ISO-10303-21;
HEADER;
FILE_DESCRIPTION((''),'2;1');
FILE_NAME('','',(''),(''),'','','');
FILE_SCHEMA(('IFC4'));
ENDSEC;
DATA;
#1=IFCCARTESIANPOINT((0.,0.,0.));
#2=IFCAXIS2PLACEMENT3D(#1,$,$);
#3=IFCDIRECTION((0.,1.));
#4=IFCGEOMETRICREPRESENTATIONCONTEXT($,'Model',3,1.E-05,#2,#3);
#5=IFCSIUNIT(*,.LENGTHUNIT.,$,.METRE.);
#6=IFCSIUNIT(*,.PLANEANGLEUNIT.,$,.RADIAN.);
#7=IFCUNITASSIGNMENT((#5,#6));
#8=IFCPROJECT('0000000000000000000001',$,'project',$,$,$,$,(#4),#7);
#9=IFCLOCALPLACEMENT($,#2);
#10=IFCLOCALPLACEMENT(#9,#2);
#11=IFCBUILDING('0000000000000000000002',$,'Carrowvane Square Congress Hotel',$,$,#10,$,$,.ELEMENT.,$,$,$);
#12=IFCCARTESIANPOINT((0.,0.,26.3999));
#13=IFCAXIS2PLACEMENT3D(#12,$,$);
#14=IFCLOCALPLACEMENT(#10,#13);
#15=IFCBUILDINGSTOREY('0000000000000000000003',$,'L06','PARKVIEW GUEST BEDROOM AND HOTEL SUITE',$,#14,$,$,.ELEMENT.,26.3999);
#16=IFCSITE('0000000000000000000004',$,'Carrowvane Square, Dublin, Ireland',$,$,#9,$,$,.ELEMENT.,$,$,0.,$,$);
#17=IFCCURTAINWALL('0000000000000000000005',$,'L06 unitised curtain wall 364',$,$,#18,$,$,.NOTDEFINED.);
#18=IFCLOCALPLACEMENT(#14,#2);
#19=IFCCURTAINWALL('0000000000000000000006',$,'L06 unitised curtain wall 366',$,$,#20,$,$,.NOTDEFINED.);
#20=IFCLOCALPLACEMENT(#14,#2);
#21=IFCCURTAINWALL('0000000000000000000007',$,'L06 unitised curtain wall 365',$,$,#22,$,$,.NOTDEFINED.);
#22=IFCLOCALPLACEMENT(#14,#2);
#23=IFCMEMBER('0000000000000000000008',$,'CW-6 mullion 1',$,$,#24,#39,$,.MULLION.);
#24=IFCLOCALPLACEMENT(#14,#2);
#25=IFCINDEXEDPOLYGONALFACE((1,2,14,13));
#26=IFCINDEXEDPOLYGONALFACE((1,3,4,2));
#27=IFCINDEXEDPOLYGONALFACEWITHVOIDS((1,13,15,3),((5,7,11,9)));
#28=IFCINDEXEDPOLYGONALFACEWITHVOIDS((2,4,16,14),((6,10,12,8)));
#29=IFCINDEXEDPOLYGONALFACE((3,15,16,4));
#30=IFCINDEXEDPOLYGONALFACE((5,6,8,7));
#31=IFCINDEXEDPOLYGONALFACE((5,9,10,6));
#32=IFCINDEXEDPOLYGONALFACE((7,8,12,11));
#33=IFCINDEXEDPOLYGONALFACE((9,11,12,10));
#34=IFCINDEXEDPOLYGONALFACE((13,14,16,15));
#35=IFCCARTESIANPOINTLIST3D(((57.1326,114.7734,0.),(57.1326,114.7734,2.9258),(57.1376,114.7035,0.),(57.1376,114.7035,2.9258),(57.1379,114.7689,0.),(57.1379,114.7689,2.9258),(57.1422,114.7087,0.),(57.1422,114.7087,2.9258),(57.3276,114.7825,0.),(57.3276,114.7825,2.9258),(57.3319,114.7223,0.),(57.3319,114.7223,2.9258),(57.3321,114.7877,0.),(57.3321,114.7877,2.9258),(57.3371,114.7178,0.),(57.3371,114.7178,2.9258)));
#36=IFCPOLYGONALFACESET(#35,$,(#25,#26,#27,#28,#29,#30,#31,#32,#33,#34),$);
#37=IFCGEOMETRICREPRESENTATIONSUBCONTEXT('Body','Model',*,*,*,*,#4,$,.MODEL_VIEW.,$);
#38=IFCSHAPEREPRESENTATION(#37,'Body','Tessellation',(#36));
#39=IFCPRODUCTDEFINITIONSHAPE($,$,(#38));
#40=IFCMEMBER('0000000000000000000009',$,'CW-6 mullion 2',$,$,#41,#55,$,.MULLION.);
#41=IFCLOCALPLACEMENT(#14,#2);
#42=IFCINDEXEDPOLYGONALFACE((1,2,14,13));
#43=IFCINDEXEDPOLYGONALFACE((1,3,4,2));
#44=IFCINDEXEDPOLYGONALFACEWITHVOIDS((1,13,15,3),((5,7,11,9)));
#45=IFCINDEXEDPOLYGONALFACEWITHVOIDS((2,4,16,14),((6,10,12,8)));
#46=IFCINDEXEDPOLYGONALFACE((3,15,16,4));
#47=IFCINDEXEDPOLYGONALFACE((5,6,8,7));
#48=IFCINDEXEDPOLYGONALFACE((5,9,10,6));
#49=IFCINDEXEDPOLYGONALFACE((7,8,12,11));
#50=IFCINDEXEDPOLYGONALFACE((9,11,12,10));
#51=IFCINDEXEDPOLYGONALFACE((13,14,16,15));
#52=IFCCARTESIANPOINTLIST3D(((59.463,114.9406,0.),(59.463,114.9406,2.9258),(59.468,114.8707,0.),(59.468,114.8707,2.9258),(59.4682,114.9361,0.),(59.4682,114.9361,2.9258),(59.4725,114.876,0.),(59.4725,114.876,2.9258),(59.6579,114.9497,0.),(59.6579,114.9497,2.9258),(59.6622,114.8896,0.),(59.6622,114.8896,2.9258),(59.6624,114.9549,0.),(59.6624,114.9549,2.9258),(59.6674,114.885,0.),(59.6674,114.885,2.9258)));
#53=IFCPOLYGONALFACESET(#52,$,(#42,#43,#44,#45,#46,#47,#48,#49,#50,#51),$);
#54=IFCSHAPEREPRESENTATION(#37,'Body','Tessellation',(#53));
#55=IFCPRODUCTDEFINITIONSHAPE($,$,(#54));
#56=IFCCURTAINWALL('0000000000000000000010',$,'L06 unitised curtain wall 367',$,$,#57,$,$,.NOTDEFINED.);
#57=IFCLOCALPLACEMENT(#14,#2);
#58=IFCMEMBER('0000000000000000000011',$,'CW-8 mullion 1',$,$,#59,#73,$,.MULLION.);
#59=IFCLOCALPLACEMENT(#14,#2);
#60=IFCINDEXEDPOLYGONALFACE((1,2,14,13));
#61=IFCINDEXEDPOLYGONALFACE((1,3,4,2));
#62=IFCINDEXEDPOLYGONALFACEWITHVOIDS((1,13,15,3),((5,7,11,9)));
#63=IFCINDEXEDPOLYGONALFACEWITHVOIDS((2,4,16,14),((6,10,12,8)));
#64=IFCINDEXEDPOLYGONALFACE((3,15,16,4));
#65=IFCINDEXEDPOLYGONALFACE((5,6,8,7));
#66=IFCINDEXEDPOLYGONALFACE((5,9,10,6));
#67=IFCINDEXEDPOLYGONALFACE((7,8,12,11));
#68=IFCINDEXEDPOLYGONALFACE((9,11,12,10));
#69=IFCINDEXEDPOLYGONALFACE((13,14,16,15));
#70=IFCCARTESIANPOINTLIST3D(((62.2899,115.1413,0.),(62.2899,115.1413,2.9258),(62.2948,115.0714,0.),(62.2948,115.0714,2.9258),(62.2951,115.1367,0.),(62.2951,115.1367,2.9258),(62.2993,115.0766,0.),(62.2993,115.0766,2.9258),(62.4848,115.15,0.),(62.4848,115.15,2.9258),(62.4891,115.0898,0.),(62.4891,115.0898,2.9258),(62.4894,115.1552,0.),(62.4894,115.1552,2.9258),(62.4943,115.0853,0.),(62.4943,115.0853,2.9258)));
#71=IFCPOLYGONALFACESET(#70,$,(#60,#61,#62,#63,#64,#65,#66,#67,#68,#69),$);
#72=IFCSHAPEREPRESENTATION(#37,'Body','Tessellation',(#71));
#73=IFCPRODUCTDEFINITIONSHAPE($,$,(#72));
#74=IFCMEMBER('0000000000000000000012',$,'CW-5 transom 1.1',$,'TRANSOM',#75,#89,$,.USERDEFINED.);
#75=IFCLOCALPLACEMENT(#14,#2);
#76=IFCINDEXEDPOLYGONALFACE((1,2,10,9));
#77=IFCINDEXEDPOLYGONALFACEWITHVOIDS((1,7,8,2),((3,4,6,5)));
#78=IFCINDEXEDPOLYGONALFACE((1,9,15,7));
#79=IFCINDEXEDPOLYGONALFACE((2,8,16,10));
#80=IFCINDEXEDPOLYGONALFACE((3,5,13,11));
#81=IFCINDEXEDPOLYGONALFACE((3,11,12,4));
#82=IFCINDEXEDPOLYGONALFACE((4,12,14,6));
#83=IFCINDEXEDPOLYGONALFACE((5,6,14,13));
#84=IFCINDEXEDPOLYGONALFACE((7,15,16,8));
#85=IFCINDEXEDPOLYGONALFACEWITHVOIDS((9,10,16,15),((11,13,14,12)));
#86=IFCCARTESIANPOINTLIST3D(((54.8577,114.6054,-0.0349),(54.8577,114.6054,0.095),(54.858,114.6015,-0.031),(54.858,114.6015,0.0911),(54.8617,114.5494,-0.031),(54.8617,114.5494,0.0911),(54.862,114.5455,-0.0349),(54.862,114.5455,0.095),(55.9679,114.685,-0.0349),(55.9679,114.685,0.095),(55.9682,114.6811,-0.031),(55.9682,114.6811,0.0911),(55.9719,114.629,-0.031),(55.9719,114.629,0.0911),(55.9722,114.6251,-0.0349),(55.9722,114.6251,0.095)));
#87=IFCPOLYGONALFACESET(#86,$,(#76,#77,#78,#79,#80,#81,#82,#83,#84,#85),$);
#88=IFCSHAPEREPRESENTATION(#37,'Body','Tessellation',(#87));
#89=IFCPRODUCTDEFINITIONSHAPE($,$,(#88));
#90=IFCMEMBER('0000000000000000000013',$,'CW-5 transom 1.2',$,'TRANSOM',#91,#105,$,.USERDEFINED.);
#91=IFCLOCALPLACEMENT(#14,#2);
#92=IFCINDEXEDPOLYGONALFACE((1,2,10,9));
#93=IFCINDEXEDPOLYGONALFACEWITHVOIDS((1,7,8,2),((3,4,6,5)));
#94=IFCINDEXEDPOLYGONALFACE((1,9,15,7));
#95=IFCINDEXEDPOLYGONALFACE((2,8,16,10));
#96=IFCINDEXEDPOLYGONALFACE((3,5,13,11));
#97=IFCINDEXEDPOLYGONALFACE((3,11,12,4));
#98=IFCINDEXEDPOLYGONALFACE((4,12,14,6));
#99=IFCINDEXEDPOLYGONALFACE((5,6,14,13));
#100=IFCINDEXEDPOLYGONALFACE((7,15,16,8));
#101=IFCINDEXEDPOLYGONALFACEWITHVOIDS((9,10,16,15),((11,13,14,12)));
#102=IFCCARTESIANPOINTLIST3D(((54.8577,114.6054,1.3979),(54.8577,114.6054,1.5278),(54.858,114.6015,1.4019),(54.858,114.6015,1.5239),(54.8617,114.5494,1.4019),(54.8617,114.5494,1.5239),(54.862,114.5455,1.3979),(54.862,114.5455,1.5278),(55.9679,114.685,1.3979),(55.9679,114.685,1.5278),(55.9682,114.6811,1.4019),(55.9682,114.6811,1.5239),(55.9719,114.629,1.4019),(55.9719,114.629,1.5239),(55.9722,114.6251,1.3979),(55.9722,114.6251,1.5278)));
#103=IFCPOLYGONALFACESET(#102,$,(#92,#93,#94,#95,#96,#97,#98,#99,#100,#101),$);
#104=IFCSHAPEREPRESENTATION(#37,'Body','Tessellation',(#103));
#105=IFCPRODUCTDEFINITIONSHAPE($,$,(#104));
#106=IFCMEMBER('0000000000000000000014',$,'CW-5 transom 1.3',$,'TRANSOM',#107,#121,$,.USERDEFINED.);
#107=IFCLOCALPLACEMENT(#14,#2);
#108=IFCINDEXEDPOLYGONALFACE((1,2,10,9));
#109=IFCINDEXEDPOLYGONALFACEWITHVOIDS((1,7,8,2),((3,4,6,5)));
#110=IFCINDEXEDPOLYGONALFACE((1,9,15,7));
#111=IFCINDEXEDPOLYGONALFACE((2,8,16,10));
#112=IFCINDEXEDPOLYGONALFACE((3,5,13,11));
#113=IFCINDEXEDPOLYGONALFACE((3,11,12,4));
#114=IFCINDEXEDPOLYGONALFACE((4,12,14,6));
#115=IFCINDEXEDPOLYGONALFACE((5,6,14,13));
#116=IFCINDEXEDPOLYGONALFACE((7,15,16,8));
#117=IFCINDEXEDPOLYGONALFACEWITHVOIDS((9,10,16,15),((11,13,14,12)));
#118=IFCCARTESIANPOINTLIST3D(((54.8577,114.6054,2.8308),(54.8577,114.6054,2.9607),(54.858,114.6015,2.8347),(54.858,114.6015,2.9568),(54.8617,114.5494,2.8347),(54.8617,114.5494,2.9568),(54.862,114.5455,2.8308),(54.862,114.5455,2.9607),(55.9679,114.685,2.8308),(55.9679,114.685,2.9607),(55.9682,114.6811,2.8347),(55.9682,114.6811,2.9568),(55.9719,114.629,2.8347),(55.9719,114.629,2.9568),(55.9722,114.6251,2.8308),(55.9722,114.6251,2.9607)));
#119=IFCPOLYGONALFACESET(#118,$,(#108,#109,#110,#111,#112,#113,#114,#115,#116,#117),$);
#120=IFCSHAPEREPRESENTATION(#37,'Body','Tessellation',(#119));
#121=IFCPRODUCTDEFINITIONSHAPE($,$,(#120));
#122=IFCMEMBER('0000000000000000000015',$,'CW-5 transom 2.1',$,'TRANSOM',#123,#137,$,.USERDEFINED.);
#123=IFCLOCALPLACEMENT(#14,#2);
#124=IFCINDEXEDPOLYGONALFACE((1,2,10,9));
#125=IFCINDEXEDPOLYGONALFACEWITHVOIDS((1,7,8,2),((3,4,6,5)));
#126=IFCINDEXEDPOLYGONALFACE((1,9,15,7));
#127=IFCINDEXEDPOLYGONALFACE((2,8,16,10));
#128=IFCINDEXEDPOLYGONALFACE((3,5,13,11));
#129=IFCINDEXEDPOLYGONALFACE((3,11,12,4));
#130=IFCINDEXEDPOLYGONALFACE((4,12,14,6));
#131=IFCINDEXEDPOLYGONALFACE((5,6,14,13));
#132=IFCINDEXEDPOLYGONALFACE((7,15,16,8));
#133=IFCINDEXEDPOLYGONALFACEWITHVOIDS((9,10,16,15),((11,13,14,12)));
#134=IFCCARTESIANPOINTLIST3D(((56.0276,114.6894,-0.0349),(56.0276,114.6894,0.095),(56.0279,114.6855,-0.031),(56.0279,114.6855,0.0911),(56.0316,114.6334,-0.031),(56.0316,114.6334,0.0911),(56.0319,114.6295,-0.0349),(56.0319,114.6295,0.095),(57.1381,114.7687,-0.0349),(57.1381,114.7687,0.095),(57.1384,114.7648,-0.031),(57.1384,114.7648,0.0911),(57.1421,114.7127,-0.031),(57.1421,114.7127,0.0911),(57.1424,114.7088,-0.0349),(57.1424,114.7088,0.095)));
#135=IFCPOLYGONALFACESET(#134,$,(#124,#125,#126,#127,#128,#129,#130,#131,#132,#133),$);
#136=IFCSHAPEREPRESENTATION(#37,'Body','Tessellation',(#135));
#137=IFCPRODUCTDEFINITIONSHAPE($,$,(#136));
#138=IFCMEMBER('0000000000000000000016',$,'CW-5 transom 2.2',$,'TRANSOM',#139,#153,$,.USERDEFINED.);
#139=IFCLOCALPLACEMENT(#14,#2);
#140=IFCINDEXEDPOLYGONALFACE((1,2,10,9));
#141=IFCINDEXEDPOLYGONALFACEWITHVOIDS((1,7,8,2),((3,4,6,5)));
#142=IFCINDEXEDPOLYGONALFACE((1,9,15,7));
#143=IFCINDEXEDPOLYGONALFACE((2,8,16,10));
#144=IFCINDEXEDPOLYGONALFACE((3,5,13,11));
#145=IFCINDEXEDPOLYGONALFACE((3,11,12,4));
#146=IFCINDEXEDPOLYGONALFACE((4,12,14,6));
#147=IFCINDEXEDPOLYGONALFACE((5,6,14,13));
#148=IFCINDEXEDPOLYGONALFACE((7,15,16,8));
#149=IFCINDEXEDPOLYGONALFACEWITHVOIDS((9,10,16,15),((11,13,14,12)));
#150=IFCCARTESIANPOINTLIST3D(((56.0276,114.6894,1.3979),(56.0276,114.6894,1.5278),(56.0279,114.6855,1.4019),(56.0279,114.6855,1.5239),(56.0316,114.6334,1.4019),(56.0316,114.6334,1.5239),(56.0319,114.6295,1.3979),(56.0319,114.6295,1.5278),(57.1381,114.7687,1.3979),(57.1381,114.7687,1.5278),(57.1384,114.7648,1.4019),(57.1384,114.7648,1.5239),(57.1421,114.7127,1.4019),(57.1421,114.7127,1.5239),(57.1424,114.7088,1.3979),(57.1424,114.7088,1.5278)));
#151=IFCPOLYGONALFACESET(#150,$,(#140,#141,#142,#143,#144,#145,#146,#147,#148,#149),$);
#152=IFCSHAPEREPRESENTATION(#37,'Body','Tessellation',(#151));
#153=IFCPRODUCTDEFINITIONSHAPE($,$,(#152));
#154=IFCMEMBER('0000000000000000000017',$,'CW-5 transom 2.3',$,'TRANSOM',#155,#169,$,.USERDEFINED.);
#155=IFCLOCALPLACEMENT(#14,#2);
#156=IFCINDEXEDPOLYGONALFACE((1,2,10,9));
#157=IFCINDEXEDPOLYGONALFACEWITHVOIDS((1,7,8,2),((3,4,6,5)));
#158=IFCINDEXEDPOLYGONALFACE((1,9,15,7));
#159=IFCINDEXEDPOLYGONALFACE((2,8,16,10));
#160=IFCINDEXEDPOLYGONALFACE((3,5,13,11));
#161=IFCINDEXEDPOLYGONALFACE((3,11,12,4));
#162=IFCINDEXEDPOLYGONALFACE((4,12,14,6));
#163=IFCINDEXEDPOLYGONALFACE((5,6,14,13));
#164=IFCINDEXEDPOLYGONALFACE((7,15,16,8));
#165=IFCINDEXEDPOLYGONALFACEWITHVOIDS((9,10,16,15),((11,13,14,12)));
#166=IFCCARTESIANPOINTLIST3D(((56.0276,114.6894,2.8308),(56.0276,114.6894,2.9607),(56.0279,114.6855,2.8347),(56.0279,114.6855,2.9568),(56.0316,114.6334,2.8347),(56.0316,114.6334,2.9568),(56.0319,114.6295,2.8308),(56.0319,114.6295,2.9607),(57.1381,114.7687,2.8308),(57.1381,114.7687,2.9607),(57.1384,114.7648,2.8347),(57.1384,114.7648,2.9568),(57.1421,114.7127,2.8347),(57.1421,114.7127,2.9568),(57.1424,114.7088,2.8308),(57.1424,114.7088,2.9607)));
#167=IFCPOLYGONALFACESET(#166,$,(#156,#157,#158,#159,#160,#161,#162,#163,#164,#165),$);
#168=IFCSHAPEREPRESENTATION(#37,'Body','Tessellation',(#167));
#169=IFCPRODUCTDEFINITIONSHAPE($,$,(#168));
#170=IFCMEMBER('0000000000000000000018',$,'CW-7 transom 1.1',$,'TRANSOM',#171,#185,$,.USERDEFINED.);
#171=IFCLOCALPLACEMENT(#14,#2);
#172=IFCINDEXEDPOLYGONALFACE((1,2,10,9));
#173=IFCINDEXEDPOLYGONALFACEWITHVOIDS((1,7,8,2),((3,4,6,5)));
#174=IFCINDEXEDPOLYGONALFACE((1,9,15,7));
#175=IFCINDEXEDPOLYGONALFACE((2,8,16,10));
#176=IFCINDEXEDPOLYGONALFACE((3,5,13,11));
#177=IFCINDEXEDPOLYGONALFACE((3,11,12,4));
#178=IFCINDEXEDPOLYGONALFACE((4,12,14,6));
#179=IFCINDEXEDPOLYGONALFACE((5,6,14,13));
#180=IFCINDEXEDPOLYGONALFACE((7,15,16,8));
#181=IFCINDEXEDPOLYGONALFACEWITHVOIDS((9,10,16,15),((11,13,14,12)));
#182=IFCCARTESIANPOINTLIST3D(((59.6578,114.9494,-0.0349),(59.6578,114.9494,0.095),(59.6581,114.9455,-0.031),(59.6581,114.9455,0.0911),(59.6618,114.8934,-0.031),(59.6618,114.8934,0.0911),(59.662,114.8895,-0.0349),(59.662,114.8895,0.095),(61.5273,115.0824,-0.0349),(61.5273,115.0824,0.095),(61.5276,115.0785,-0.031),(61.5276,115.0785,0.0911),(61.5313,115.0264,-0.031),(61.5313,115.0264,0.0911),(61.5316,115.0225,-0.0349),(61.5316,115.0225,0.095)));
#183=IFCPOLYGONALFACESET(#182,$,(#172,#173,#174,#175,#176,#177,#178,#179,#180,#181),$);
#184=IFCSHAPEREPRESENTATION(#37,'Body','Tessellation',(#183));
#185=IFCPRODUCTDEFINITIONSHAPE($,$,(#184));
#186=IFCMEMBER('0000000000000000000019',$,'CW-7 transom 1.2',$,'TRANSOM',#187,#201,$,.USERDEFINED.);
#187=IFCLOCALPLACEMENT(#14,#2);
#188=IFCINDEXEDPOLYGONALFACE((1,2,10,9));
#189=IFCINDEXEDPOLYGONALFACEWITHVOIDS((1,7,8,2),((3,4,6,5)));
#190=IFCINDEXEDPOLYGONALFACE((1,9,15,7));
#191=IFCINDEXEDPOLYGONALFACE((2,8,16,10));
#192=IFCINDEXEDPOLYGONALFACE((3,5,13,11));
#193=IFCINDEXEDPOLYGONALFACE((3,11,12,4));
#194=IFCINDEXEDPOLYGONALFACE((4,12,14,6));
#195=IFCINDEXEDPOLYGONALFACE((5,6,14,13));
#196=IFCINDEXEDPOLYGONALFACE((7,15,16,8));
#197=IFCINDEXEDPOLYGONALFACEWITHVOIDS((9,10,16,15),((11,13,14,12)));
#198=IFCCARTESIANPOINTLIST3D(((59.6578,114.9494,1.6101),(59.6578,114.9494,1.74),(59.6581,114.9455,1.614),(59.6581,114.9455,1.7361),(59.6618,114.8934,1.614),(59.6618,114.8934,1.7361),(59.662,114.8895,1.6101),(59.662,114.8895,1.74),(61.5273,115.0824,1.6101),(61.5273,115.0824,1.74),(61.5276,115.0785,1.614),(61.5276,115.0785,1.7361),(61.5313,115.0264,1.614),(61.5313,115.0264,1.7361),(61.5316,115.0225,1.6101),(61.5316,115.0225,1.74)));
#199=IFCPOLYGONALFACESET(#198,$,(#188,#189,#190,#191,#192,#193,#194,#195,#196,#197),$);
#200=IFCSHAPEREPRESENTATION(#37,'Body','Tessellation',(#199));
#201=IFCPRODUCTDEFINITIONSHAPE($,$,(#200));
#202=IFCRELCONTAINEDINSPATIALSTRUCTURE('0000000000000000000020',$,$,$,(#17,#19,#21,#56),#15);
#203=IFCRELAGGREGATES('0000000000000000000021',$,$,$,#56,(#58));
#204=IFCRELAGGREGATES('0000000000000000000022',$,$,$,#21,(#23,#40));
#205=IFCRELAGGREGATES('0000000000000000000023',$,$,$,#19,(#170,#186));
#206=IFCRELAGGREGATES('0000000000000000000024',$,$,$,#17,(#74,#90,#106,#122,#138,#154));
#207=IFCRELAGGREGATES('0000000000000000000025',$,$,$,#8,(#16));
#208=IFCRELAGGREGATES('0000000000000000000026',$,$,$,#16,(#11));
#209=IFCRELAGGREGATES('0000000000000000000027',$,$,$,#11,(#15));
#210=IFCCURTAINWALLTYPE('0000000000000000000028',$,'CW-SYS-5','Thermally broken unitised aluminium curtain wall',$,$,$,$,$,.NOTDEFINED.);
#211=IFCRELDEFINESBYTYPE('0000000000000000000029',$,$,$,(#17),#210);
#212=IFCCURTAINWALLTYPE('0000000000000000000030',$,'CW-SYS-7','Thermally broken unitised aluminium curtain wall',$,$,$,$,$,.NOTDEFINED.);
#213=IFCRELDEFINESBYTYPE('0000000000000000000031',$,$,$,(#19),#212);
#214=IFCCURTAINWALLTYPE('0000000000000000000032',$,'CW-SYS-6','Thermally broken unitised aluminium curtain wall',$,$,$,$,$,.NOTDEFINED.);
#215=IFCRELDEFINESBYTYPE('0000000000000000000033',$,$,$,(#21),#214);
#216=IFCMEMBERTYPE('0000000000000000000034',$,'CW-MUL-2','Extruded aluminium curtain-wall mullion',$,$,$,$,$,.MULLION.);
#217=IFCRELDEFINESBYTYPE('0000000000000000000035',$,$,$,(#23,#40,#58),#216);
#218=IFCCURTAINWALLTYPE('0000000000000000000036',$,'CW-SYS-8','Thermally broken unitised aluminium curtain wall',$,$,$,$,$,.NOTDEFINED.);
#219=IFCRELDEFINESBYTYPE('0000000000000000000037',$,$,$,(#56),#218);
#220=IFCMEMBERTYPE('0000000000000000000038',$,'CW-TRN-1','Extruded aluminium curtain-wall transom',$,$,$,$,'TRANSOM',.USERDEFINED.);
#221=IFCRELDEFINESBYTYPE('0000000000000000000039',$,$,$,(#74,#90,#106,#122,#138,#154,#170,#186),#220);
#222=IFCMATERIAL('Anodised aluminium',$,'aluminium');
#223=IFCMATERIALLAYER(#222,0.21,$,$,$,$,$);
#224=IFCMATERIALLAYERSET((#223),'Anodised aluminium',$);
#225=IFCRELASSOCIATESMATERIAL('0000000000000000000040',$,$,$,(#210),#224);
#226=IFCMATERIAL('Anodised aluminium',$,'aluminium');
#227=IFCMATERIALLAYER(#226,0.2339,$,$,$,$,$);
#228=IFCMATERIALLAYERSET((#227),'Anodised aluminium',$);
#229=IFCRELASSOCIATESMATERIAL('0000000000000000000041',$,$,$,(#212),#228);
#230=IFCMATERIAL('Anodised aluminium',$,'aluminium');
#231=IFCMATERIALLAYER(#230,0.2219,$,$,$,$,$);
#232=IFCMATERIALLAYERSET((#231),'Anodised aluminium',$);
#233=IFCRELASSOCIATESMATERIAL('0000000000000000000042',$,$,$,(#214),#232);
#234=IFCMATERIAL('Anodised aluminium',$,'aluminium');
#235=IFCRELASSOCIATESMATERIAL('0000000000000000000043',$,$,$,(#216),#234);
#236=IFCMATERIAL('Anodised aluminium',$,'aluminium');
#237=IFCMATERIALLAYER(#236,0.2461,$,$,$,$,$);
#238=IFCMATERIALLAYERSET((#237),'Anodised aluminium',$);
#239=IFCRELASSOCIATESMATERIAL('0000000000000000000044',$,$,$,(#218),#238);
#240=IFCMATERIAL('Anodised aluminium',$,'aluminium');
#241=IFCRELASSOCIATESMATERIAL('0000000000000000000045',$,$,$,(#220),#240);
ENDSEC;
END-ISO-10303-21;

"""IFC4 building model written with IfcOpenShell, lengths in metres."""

from ifc_helpers import new_model, si_unit, direction, frame, origin, origin_2d, place, context, subcontext, project, spatial, hollow_rectangle, extrude, material, layer, layer_set, material_profile, profile_set, type_object, element, aggregate, save


model = new_model("IFC4")

# Units and contexts
model_context = context("Model", 3, precision=1e-05, world=origin(), true_north=direction((0.0, 1.0)))
body_context = subcontext(model_context, "Body", "Model", "MODEL_VIEW")
ifc_project = project(units=[si_unit("LENGTHUNIT", "METRE"), si_unit("PLANEANGLEUNIT", "RADIAN")], contexts=[model_context])

# Site, building, storey
site_placement = place(None, origin())
site = spatial("IfcSite", under=ifc_project, at=site_placement, Name="Carrowvane Square, Dublin, Ireland", CompositionType="ELEMENT", RefElevation=0.0)
building_placement = place(site_placement, origin())
building = spatial("IfcBuilding", under=site, at=building_placement, Name="Carrowvane Square Congress Hotel", CompositionType="ELEMENT")
storey_placement = place(building_placement, frame((0.0, 0.0, 26.3999)))
storey = spatial("IfcBuildingStorey", under=building, at=storey_placement, Name="L06", Description="PARKVIEW GUEST BEDROOM AND HOTEL SUITE", CompositionType="ELEMENT", Elevation=26.3999)

# Curtain walls, members
ifc_material_1 = material(Name="Anodised aluminium", Category="aluminium")
ifc_layer_1 = layer(ifc_material_1, 0.21)
ifc_layer_set_1 = layer_set([ifc_layer_1], Name="Anodised aluminium")
curtain_wall_type_1 = type_object("IfcCurtainWallType", Name="CW-SYS-5", Description="Thermally broken unitised aluminium curtain wall", PredefinedType="NOTDEFINED", material=ifc_layer_set_1)
curtain_wall_1_placement = place(storey_placement, origin())
curtain_wall_1 = element("IfcCurtainWall", 1, at=curtain_wall_1_placement, inside=storey, type_object=curtain_wall_type_1, Name="L06 unitised curtain wall 364", PredefinedType="NOTDEFINED")
ifc_material_2 = material(Name="Anodised aluminium", Category="aluminium")
ifc_layer_2 = layer(ifc_material_2, 0.2339)
ifc_layer_set_2 = layer_set([ifc_layer_2], Name="Anodised aluminium")
curtain_wall_type_2 = type_object("IfcCurtainWallType", Name="CW-SYS-7", Description="Thermally broken unitised aluminium curtain wall", PredefinedType="NOTDEFINED", material=ifc_layer_set_2)
curtain_wall_2_placement = place(storey_placement, origin())
curtain_wall_2 = element("IfcCurtainWall", 2, at=curtain_wall_2_placement, inside=storey, type_object=curtain_wall_type_2, Name="L06 unitised curtain wall 366", PredefinedType="NOTDEFINED")
ifc_material_3 = material(Name="Anodised aluminium", Category="aluminium")
ifc_layer_3 = layer(ifc_material_3, 0.2219)
ifc_layer_set_3 = layer_set([ifc_layer_3], Name="Anodised aluminium")
curtain_wall_type_3 = type_object("IfcCurtainWallType", Name="CW-SYS-6", Description="Thermally broken unitised aluminium curtain wall", PredefinedType="NOTDEFINED", material=ifc_layer_set_3)
curtain_wall_3_placement = place(storey_placement, origin())
curtain_wall_3 = element("IfcCurtainWall", 3, at=curtain_wall_3_placement, inside=storey, type_object=curtain_wall_type_3, Name="L06 unitised curtain wall 365", PredefinedType="NOTDEFINED")
ifc_material_4 = material(Name="Anodised aluminium", Category="aluminium")
ifc_material_profile_1 = material_profile(ifc_material_4, hollow_rectangle(XDim=0.0701, YDim=0.2, WallThickness=0.0049, at=origin_2d()), Name="CW-ML 70x200x5")
ifc_profile_set_1 = profile_set([ifc_material_profile_1], Name="Anodised aluminium")
member_type_1 = type_object("IfcMemberType", Name="CW-MUL-2", Description="Extruded aluminium curtain-wall mullion", PredefinedType="MULLION", material=ifc_profile_set_1)
member_1_placement = place(storey_placement, frame((57.2349, 114.7456, 0.0), z_axis=(0.0, 0.0, 1.0), x_axis=(-0.071532, 0.997438, 0.0)))
member_1 = element("IfcMember", 4, at=member_1_placement, type_object=member_type_1, Name="CW-6 mullion 1", PredefinedType="MULLION", context=body_context, shape_type="SweptSolid", body=[
    extrude(hollow_rectangle(XDim=0.0701, YDim=0.2, WallThickness=0.0049, at=origin_2d()), origin(), (0.0, 0.0, 1.0), 2.9258),
])
member_2_placement = place(storey_placement, frame((59.5652, 114.9128, 0.0), z_axis=(0.0, 0.0, 1.0), x_axis=(-0.071532, 0.997438, 0.0)))
member_2 = element("IfcMember", 5, at=member_2_placement, type_object=member_type_1, Name="CW-6 mullion 2", PredefinedType="MULLION", context=body_context, shape_type="SweptSolid", body=[
    extrude(hollow_rectangle(XDim=0.0701, YDim=0.2, WallThickness=0.0049, at=origin_2d()), origin(), (0.0, 0.0, 1.0), 2.9258),
])

# Curtain wall, member
ifc_material_5 = material(Name="Anodised aluminium", Category="aluminium")
ifc_layer_4 = layer(ifc_material_5, 0.2461)
ifc_layer_set_4 = layer_set([ifc_layer_4], Name="Anodised aluminium")
curtain_wall_type_4 = type_object("IfcCurtainWallType", Name="CW-SYS-8", Description="Thermally broken unitised aluminium curtain wall", PredefinedType="NOTDEFINED", material=ifc_layer_set_4)
curtain_wall_4_placement = place(storey_placement, origin())
curtain_wall_4 = element("IfcCurtainWall", 6, at=curtain_wall_4_placement, inside=storey, type_object=curtain_wall_type_4, Name="L06 unitised curtain wall 367", PredefinedType="NOTDEFINED")
member_3_placement = place(storey_placement, frame((62.3921, 115.1133, 0.0), z_axis=(0.0, 0.0, 1.0), x_axis=(-0.069724, 0.997566, 0.0)))
member_3 = element("IfcMember", 7, at=member_3_placement, type_object=member_type_1, Name="CW-8 mullion 1", PredefinedType="MULLION", context=body_context, shape_type="SweptSolid", body=[
    extrude(hollow_rectangle(XDim=0.0701, YDim=0.2, WallThickness=0.0049, at=origin_2d()), origin(), (0.0, 0.0, 1.0), 2.9258),
])
aggregate(curtain_wall_4, [member_3])

# Members
ifc_material_6 = material(Name="Anodised aluminium", Category="aluminium")
ifc_material_profile_2 = material_profile(ifc_material_6, hollow_rectangle(XDim=0.0601, YDim=0.1299, WallThickness=0.0039, at=origin_2d()), Name="CW-TR 60x130x4")
ifc_profile_set_2 = profile_set([ifc_material_profile_2], Name="Anodised aluminium")
member_type_2 = type_object("IfcMemberType", Name="CW-TRN-1", Description="Extruded aluminium curtain-wall transom", ElementType="TRANSOM", PredefinedType="USERDEFINED", material=ifc_profile_set_2)
member_4_placement = place(storey_placement, frame((54.8599, 114.5754, 0.03), z_axis=(0.99744, 0.071512, 0.0), x_axis=(-0.071512, 0.99744, 0.0)))
member_4 = element("IfcMember", 8, at=member_4_placement, type_object=member_type_2, Name="CW-5 transom 1.1", ObjectType="TRANSOM", PredefinedType="USERDEFINED", context=body_context, shape_type="SweptSolid", body=[
    extrude(hollow_rectangle(XDim=0.0601, YDim=0.1299, WallThickness=0.0039, at=origin_2d()), origin(), (0.0, 0.0, 1.0), 1.113),
])
member_5_placement = place(storey_placement, frame((54.8599, 114.5754, 1.4629), z_axis=(0.99744, 0.071512, 0.0), x_axis=(-0.071512, 0.99744, 0.0)))
member_5 = element("IfcMember", 9, at=member_5_placement, type_object=member_type_2, Name="CW-5 transom 1.2", ObjectType="TRANSOM", PredefinedType="USERDEFINED", context=body_context, shape_type="SweptSolid", body=[
    extrude(hollow_rectangle(XDim=0.0601, YDim=0.1299, WallThickness=0.0039, at=origin_2d()), origin(), (0.0, 0.0, 1.0), 1.113),
])
member_6_placement = place(storey_placement, frame((54.8599, 114.5754, 2.8958), z_axis=(0.99744, 0.071512, 0.0), x_axis=(-0.071512, 0.99744, 0.0)))
member_6 = element("IfcMember", 10, at=member_6_placement, type_object=member_type_2, Name="CW-5 transom 1.3", ObjectType="TRANSOM", PredefinedType="USERDEFINED", context=body_context, shape_type="SweptSolid", body=[
    extrude(hollow_rectangle(XDim=0.0601, YDim=0.1299, WallThickness=0.0039, at=origin_2d()), origin(), (0.0, 0.0, 1.0), 1.113),
])
member_7_placement = place(storey_placement, frame((56.0298, 114.6594, 0.03), z_axis=(0.997456, 0.071278, 0.0), x_axis=(-0.071278, 0.997456, 0.0)))
member_7 = element("IfcMember", 11, at=member_7_placement, type_object=member_type_2, Name="CW-5 transom 2.1", ObjectType="TRANSOM", PredefinedType="USERDEFINED", context=body_context, shape_type="SweptSolid", body=[
    extrude(hollow_rectangle(XDim=0.0601, YDim=0.1299, WallThickness=0.0039, at=origin_2d()), origin(), (0.0, 0.0, 1.0), 1.1133),
])
member_8_placement = place(storey_placement, frame((56.0298, 114.6594, 1.4629), z_axis=(0.997456, 0.071278, 0.0), x_axis=(-0.071278, 0.997456, 0.0)))
member_8 = element("IfcMember", 12, at=member_8_placement, type_object=member_type_2, Name="CW-5 transom 2.2", ObjectType="TRANSOM", PredefinedType="USERDEFINED", context=body_context, shape_type="SweptSolid", body=[
    extrude(hollow_rectangle(XDim=0.0601, YDim=0.1299, WallThickness=0.0039, at=origin_2d()), origin(), (0.0, 0.0, 1.0), 1.1133),
])
member_9_placement = place(storey_placement, frame((56.0298, 114.6594, 2.8958), z_axis=(0.997456, 0.071278, 0.0), x_axis=(-0.071278, 0.997456, 0.0)))
member_9 = element("IfcMember", 13, at=member_9_placement, type_object=member_type_2, Name="CW-5 transom 2.3", ObjectType="TRANSOM", PredefinedType="USERDEFINED", context=body_context, shape_type="SweptSolid", body=[
    extrude(hollow_rectangle(XDim=0.0601, YDim=0.1299, WallThickness=0.0039, at=origin_2d()), origin(), (0.0, 0.0, 1.0), 1.1133),
])
member_10_placement = place(storey_placement, frame((59.6599, 114.9194, 0.03), z_axis=(0.997477, 0.070988, 0.0), x_axis=(-0.070988, 0.997477, 0.0)))
member_10 = element("IfcMember", 14, at=member_10_placement, type_object=member_type_2, Name="CW-7 transom 1.1", ObjectType="TRANSOM", PredefinedType="USERDEFINED", context=body_context, shape_type="SweptSolid", body=[
    extrude(hollow_rectangle(XDim=0.0601, YDim=0.1299, WallThickness=0.0039, at=origin_2d()), origin(), (0.0, 0.0, 1.0), 1.8743),
])
member_11_placement = place(storey_placement, frame((59.6599, 114.9194, 1.675), z_axis=(0.997477, 0.070988, 0.0), x_axis=(-0.070988, 0.997477, 0.0)))
member_11 = element("IfcMember", 15, at=member_11_placement, type_object=member_type_2, Name="CW-7 transom 1.2", ObjectType="TRANSOM", PredefinedType="USERDEFINED", context=body_context, shape_type="SweptSolid", body=[
    extrude(hollow_rectangle(XDim=0.0601, YDim=0.1299, WallThickness=0.0039, at=origin_2d()), origin(), (0.0, 0.0, 1.0), 1.8743),
])

aggregate(curtain_wall_3, [member_1, member_2])
aggregate(curtain_wall_2, [member_10, member_11])
aggregate(curtain_wall_1, [member_4, member_5, member_6, member_7, member_8, member_9])

save(model, "model.ifc")
